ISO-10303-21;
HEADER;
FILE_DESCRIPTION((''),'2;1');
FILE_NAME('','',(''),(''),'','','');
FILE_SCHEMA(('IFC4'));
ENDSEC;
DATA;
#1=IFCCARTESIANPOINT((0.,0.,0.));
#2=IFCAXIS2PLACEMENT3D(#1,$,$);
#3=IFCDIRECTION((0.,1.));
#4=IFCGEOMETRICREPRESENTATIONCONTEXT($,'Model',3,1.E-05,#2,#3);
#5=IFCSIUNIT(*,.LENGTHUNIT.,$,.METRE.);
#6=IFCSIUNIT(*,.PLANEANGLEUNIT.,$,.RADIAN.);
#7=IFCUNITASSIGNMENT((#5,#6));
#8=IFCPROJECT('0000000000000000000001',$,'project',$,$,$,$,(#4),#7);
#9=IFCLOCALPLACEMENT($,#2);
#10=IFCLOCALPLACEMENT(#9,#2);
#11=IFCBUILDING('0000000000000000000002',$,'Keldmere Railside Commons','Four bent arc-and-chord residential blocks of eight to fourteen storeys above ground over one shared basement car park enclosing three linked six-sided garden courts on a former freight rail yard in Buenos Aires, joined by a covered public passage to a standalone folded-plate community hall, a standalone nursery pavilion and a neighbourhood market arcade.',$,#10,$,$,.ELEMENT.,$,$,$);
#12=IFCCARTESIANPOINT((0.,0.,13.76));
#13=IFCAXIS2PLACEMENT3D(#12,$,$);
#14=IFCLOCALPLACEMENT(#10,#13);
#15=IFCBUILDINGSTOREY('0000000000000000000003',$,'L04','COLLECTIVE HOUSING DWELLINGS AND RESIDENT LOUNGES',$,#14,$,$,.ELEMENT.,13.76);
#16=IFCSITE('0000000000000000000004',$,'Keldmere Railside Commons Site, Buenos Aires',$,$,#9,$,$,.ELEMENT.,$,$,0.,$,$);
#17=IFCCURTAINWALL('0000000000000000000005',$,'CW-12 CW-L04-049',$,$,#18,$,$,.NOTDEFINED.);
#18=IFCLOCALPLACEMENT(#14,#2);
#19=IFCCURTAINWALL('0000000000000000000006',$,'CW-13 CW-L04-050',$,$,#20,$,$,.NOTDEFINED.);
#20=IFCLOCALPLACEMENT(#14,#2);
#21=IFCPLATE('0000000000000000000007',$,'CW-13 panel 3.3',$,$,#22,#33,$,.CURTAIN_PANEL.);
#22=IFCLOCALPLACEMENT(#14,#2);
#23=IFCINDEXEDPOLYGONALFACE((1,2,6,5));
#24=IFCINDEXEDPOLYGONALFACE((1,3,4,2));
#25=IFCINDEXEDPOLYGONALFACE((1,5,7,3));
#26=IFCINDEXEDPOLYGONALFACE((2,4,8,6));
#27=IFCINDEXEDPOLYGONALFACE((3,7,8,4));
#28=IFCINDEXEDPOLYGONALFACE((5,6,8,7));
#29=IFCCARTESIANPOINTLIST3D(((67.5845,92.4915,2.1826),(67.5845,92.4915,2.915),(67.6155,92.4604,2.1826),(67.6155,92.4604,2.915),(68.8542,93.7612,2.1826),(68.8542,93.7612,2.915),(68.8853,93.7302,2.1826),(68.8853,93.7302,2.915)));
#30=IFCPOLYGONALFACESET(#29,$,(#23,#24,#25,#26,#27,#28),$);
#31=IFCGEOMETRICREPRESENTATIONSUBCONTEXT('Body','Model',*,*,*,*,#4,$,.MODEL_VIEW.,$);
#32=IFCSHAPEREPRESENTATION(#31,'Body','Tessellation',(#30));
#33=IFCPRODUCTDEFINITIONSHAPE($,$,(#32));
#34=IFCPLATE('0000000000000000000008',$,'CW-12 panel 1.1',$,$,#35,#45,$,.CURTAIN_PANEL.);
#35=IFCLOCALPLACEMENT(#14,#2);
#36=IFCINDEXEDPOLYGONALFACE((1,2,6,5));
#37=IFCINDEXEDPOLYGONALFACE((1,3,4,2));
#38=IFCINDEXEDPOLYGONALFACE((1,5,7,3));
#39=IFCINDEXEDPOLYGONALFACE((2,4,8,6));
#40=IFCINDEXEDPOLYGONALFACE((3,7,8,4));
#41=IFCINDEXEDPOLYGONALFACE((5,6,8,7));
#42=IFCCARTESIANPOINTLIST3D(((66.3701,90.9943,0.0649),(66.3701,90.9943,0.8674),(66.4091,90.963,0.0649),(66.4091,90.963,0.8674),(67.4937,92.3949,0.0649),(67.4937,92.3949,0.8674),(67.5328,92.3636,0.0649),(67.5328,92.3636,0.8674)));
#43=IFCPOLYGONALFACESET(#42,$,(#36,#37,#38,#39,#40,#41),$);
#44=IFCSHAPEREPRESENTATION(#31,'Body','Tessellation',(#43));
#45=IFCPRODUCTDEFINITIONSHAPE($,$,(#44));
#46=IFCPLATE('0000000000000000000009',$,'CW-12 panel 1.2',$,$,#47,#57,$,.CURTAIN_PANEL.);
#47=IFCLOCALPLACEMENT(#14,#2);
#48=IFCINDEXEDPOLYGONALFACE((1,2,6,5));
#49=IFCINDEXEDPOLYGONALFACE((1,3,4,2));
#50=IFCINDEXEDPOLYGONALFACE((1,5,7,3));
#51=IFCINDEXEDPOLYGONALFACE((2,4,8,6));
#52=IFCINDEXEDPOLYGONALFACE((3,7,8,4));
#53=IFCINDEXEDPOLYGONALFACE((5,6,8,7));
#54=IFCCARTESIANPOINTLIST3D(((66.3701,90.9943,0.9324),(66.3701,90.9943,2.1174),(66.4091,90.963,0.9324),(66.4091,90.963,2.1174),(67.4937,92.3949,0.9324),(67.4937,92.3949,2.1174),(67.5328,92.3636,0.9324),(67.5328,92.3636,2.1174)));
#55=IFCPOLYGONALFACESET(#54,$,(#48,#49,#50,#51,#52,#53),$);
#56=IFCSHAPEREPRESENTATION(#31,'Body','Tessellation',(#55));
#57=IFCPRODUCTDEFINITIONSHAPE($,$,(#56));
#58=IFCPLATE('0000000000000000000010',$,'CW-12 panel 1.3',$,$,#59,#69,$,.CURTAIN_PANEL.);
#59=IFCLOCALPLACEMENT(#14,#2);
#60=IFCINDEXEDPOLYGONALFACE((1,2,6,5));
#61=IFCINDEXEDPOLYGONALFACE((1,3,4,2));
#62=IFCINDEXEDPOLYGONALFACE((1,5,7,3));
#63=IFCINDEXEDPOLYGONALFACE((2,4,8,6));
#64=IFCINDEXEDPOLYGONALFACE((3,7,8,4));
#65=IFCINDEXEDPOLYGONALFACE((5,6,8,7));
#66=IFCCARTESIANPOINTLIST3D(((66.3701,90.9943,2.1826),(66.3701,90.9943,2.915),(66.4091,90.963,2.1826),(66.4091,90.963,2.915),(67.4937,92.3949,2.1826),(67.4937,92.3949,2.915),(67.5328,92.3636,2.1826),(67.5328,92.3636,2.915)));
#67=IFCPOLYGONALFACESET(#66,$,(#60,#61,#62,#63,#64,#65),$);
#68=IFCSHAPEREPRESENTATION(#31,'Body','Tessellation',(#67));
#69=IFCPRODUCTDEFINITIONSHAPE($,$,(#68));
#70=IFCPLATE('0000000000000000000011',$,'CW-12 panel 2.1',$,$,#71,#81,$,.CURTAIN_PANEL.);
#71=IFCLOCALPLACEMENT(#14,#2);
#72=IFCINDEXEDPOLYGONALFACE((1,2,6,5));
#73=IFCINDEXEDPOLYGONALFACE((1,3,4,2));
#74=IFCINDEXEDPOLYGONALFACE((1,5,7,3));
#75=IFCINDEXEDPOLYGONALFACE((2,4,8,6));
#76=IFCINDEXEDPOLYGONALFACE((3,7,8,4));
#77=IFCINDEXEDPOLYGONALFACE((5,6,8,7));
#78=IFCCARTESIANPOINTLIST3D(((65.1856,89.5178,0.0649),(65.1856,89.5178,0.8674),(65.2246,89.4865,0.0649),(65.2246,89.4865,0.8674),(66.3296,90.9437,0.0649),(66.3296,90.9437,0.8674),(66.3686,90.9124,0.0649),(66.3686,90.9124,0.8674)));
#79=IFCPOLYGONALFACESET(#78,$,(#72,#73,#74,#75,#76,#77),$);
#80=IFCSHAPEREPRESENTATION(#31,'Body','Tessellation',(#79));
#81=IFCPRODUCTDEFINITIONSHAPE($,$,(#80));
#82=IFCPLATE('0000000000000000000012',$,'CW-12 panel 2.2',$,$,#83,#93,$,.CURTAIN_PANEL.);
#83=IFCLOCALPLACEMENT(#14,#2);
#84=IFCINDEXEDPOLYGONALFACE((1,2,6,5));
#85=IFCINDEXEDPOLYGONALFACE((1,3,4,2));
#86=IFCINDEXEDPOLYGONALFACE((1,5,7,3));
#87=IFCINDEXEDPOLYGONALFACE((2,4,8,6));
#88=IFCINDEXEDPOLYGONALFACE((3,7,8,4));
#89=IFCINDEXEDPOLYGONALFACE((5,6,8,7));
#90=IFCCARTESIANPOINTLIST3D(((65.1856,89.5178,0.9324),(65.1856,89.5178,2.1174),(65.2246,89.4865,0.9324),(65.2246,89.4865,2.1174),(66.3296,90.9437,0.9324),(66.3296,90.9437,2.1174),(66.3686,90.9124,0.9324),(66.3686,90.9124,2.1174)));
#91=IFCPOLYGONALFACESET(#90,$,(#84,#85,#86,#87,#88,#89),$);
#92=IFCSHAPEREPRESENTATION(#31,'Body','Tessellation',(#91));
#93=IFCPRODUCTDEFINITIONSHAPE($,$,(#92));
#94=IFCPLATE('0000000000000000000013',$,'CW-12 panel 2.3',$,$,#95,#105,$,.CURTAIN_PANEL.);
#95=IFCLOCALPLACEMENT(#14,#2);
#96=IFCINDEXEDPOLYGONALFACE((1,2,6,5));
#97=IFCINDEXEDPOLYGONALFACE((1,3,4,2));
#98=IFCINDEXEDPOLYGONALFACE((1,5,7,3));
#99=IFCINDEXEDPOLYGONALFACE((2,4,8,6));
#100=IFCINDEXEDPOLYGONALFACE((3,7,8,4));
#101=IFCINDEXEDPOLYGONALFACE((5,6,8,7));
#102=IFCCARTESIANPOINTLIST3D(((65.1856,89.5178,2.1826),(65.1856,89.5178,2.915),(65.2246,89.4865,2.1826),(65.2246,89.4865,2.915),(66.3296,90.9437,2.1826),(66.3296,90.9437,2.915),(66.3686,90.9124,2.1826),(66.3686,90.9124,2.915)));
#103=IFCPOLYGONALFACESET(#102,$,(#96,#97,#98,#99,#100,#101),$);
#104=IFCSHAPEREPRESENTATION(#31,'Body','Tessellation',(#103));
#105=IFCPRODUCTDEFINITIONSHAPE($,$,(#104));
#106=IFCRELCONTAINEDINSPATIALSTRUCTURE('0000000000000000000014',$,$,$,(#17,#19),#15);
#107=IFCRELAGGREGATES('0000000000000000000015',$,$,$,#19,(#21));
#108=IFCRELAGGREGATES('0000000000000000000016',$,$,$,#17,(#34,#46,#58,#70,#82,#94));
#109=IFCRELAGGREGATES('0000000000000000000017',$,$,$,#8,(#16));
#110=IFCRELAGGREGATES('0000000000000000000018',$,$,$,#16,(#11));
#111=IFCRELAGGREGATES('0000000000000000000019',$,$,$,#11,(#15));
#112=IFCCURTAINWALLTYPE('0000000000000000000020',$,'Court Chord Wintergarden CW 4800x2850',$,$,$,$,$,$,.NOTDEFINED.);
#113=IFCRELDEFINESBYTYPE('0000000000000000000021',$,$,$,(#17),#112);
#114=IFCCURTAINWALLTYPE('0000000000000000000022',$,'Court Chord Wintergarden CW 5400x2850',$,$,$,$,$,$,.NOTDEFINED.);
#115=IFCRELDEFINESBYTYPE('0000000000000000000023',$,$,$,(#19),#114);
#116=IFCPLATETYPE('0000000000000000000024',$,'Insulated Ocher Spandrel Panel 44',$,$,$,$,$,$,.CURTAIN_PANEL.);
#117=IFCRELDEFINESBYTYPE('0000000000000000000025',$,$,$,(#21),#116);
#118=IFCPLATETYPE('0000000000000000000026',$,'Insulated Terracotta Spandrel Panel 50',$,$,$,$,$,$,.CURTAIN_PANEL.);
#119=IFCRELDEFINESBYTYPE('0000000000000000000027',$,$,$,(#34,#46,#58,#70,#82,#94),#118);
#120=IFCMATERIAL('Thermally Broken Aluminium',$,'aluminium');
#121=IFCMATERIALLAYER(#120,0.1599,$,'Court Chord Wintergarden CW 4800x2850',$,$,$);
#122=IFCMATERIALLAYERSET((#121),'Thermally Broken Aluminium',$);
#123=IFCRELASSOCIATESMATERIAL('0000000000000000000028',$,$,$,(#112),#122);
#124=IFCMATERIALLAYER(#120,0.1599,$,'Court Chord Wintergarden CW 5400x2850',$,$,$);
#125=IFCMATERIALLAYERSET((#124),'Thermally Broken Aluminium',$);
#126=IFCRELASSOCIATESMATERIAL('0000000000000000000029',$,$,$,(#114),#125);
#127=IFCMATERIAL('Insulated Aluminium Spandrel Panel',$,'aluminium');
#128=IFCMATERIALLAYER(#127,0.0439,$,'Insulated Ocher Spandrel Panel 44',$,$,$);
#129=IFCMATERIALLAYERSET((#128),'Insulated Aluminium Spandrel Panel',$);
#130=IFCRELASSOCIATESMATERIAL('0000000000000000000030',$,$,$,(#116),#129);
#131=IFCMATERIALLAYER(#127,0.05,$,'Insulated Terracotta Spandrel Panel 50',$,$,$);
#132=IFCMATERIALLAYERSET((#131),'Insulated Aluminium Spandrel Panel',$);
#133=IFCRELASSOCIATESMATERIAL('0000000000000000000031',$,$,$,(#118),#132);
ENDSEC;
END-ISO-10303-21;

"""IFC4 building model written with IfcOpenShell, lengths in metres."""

from ifc_helpers import new_model, si_unit, direction, frame, origin, origin_2d, place, context, subcontext, project, spatial, rectangle, extrude, material, layer, layer_set, type_object, element, aggregate, save


model = new_model("IFC4")

# Units and contexts
model_context = context("Model", 3, precision=1e-05, world=origin(), true_north=direction((0.0, 1.0)))
body_context = subcontext(model_context, "Body", "Model", "MODEL_VIEW")
ifc_project = project(units=[si_unit("LENGTHUNIT", "METRE"), si_unit("PLANEANGLEUNIT", "RADIAN")], contexts=[model_context])

# Site, building, storey
site_placement = place(None, origin())
site = spatial("IfcSite", under=ifc_project, at=site_placement, Name="Keldmere Railside Commons Site, Buenos Aires", CompositionType="ELEMENT", RefElevation=0.0)
building_placement = place(site_placement, origin())
building = spatial("IfcBuilding", under=site, at=building_placement, Name="Keldmere Railside Commons", Description="Four bent arc-and-chord residential blocks of eight to fourteen storeys above ground over one shared basement car park enclosing three linked six-sided garden courts on a former freight rail yard in Buenos Aires, joined by a covered public passage to a standalone folded-plate community hall, a standalone nursery pavilion and a neighbourhood market arcade.", CompositionType="ELEMENT")
storey_placement = place(building_placement, frame((0.0, 0.0, 13.76)))
storey = spatial("IfcBuildingStorey", under=building, at=storey_placement, Name="L04", Description="COLLECTIVE HOUSING DWELLINGS AND RESIDENT LOUNGES", CompositionType="ELEMENT", Elevation=13.76)

# Curtain walls
ifc_material_1 = material(Name="Thermally Broken Aluminium", Category="aluminium")
ifc_layer_1 = layer(ifc_material_1, 0.1599, Name="Court Chord Wintergarden CW 4800x2850")
ifc_layer_set_1 = layer_set([ifc_layer_1], Name="Thermally Broken Aluminium")
curtain_wall_type_1 = type_object("IfcCurtainWallType", Name="Court Chord Wintergarden CW 4800x2850", PredefinedType="NOTDEFINED", material=ifc_layer_set_1)
curtain_wall_1_placement = place(storey_placement, origin())
curtain_wall_1 = element("IfcCurtainWall", 1, at=curtain_wall_1_placement, inside=storey, type_object=curtain_wall_type_1, Name="CW-12 CW-L04-049", PredefinedType="NOTDEFINED")
ifc_layer_2 = layer(ifc_material_1, 0.1599, Name="Court Chord Wintergarden CW 5400x2850")
ifc_layer_set_2 = layer_set([ifc_layer_2], Name="Thermally Broken Aluminium")
curtain_wall_type_2 = type_object("IfcCurtainWallType", Name="Court Chord Wintergarden CW 5400x2850", PredefinedType="NOTDEFINED", material=ifc_layer_set_2)
curtain_wall_2_placement = place(storey_placement, origin())
curtain_wall_2 = element("IfcCurtainWall", 2, at=curtain_wall_2_placement, inside=storey, type_object=curtain_wall_type_2, Name="CW-13 CW-L04-050", PredefinedType="NOTDEFINED")

# Plates
ifc_material_2 = material(Name="Insulated Aluminium Spandrel Panel", Category="aluminium")
ifc_layer_3 = layer(ifc_material_2, 0.0439, Name="Insulated Ocher Spandrel Panel 44")
ifc_layer_set_3 = layer_set([ifc_layer_3], Name="Insulated Aluminium Spandrel Panel")
plate_type_1 = type_object("IfcPlateType", Name="Insulated Ocher Spandrel Panel 44", PredefinedType="CURTAIN_PANEL", material=ifc_layer_set_3)
plate_1_placement = place(storey_placement, frame((68.2349, 93.1108, 2.1826), z_axis=(0.0, 0.0, 1.0), x_axis=(-0.707107, -0.707107, 0.0)))
plate_1 = element("IfcPlate", 3, at=plate_1_placement, type_object=plate_type_1, Name="CW-13 panel 3.3", PredefinedType="CURTAIN_PANEL", context=body_context, shape_type="SweptSolid", body=[
    extrude(rectangle(XDim=1.7957, YDim=0.0439, at=origin_2d()), origin(), (0.0, 0.0, 1.0), 0.7324),
])
aggregate(curtain_wall_2, [plate_1])
ifc_layer_4 = layer(ifc_material_2, 0.05, Name="Insulated Terracotta Spandrel Panel 50")
ifc_layer_set_4 = layer_set([ifc_layer_4], Name="Insulated Aluminium Spandrel Panel")
plate_type_2 = type_object("IfcPlateType", Name="Insulated Terracotta Spandrel Panel 50", PredefinedType="CURTAIN_PANEL", material=ifc_layer_set_4)
plate_2_placement = place(storey_placement, frame((66.9514, 91.679, 0.0649), z_axis=(0.0, 0.0, 1.0), x_axis=(-0.625768, -0.780009, 0.0)))
plate_2 = element("IfcPlate", 4, at=plate_2_placement, type_object=plate_type_2, Name="CW-12 panel 1.1", PredefinedType="CURTAIN_PANEL", context=body_context, shape_type="SweptSolid", body=[
    extrude(rectangle(XDim=1.7957, YDim=0.05, at=origin_2d()), origin(), (0.0, 0.0, 1.0), 0.8025),
])
plate_3_placement = place(storey_placement, frame((66.9514, 91.679, 0.9324), z_axis=(0.0, 0.0, 1.0), x_axis=(-0.625768, -0.780009, 0.0)))
plate_3 = element("IfcPlate", 5, at=plate_3_placement, type_object=plate_type_2, Name="CW-12 panel 1.2", PredefinedType="CURTAIN_PANEL", context=body_context, shape_type="SweptSolid", body=[
    extrude(rectangle(XDim=1.7957, YDim=0.05, at=origin_2d()), origin(), (0.0, 0.0, 1.0), 1.1851),
])
plate_4_placement = place(storey_placement, frame((66.9514, 91.679, 2.1826), z_axis=(0.0, 0.0, 1.0), x_axis=(-0.625768, -0.780009, 0.0)))
plate_4 = element("IfcPlate", 6, at=plate_4_placement, type_object=plate_type_2, Name="CW-12 panel 1.3", PredefinedType="CURTAIN_PANEL", context=body_context, shape_type="SweptSolid", body=[
    extrude(rectangle(XDim=1.7957, YDim=0.05, at=origin_2d()), origin(), (0.0, 0.0, 1.0), 0.7324),
])
plate_5_placement = place(storey_placement, frame((65.7771, 90.2151, 0.0649), z_axis=(0.0, 0.0, 1.0), x_axis=(-0.625768, -0.780009, 0.0)))
plate_5 = element("IfcPlate", 7, at=plate_5_placement, type_object=plate_type_2, Name="CW-12 panel 2.1", PredefinedType="CURTAIN_PANEL", context=body_context, shape_type="SweptSolid", body=[
    extrude(rectangle(XDim=1.8281, YDim=0.05, at=origin_2d()), origin(), (0.0, 0.0, 1.0), 0.8025),
])
plate_6_placement = place(storey_placement, frame((65.7771, 90.2151, 0.9324), z_axis=(0.0, 0.0, 1.0), x_axis=(-0.625768, -0.780009, 0.0)))
plate_6 = element("IfcPlate", 8, at=plate_6_placement, type_object=plate_type_2, Name="CW-12 panel 2.2", PredefinedType="CURTAIN_PANEL", context=body_context, shape_type="SweptSolid", body=[
    extrude(rectangle(XDim=1.8281, YDim=0.05, at=origin_2d()), origin(), (0.0, 0.0, 1.0), 1.1851),
])
plate_7_placement = place(storey_placement, frame((65.7771, 90.2151, 2.1826), z_axis=(0.0, 0.0, 1.0), x_axis=(-0.625768, -0.780009, 0.0)))
plate_7 = element("IfcPlate", 9, at=plate_7_placement, type_object=plate_type_2, Name="CW-12 panel 2.3", PredefinedType="CURTAIN_PANEL", context=body_context, shape_type="SweptSolid", body=[
    extrude(rectangle(XDim=1.8281, YDim=0.05, at=origin_2d()), origin(), (0.0, 0.0, 1.0), 0.7324),
])
aggregate(curtain_wall_1, [plate_2, plate_3, plate_4, plate_5, plate_6, plate_7])

save(model, "model.ifc")
